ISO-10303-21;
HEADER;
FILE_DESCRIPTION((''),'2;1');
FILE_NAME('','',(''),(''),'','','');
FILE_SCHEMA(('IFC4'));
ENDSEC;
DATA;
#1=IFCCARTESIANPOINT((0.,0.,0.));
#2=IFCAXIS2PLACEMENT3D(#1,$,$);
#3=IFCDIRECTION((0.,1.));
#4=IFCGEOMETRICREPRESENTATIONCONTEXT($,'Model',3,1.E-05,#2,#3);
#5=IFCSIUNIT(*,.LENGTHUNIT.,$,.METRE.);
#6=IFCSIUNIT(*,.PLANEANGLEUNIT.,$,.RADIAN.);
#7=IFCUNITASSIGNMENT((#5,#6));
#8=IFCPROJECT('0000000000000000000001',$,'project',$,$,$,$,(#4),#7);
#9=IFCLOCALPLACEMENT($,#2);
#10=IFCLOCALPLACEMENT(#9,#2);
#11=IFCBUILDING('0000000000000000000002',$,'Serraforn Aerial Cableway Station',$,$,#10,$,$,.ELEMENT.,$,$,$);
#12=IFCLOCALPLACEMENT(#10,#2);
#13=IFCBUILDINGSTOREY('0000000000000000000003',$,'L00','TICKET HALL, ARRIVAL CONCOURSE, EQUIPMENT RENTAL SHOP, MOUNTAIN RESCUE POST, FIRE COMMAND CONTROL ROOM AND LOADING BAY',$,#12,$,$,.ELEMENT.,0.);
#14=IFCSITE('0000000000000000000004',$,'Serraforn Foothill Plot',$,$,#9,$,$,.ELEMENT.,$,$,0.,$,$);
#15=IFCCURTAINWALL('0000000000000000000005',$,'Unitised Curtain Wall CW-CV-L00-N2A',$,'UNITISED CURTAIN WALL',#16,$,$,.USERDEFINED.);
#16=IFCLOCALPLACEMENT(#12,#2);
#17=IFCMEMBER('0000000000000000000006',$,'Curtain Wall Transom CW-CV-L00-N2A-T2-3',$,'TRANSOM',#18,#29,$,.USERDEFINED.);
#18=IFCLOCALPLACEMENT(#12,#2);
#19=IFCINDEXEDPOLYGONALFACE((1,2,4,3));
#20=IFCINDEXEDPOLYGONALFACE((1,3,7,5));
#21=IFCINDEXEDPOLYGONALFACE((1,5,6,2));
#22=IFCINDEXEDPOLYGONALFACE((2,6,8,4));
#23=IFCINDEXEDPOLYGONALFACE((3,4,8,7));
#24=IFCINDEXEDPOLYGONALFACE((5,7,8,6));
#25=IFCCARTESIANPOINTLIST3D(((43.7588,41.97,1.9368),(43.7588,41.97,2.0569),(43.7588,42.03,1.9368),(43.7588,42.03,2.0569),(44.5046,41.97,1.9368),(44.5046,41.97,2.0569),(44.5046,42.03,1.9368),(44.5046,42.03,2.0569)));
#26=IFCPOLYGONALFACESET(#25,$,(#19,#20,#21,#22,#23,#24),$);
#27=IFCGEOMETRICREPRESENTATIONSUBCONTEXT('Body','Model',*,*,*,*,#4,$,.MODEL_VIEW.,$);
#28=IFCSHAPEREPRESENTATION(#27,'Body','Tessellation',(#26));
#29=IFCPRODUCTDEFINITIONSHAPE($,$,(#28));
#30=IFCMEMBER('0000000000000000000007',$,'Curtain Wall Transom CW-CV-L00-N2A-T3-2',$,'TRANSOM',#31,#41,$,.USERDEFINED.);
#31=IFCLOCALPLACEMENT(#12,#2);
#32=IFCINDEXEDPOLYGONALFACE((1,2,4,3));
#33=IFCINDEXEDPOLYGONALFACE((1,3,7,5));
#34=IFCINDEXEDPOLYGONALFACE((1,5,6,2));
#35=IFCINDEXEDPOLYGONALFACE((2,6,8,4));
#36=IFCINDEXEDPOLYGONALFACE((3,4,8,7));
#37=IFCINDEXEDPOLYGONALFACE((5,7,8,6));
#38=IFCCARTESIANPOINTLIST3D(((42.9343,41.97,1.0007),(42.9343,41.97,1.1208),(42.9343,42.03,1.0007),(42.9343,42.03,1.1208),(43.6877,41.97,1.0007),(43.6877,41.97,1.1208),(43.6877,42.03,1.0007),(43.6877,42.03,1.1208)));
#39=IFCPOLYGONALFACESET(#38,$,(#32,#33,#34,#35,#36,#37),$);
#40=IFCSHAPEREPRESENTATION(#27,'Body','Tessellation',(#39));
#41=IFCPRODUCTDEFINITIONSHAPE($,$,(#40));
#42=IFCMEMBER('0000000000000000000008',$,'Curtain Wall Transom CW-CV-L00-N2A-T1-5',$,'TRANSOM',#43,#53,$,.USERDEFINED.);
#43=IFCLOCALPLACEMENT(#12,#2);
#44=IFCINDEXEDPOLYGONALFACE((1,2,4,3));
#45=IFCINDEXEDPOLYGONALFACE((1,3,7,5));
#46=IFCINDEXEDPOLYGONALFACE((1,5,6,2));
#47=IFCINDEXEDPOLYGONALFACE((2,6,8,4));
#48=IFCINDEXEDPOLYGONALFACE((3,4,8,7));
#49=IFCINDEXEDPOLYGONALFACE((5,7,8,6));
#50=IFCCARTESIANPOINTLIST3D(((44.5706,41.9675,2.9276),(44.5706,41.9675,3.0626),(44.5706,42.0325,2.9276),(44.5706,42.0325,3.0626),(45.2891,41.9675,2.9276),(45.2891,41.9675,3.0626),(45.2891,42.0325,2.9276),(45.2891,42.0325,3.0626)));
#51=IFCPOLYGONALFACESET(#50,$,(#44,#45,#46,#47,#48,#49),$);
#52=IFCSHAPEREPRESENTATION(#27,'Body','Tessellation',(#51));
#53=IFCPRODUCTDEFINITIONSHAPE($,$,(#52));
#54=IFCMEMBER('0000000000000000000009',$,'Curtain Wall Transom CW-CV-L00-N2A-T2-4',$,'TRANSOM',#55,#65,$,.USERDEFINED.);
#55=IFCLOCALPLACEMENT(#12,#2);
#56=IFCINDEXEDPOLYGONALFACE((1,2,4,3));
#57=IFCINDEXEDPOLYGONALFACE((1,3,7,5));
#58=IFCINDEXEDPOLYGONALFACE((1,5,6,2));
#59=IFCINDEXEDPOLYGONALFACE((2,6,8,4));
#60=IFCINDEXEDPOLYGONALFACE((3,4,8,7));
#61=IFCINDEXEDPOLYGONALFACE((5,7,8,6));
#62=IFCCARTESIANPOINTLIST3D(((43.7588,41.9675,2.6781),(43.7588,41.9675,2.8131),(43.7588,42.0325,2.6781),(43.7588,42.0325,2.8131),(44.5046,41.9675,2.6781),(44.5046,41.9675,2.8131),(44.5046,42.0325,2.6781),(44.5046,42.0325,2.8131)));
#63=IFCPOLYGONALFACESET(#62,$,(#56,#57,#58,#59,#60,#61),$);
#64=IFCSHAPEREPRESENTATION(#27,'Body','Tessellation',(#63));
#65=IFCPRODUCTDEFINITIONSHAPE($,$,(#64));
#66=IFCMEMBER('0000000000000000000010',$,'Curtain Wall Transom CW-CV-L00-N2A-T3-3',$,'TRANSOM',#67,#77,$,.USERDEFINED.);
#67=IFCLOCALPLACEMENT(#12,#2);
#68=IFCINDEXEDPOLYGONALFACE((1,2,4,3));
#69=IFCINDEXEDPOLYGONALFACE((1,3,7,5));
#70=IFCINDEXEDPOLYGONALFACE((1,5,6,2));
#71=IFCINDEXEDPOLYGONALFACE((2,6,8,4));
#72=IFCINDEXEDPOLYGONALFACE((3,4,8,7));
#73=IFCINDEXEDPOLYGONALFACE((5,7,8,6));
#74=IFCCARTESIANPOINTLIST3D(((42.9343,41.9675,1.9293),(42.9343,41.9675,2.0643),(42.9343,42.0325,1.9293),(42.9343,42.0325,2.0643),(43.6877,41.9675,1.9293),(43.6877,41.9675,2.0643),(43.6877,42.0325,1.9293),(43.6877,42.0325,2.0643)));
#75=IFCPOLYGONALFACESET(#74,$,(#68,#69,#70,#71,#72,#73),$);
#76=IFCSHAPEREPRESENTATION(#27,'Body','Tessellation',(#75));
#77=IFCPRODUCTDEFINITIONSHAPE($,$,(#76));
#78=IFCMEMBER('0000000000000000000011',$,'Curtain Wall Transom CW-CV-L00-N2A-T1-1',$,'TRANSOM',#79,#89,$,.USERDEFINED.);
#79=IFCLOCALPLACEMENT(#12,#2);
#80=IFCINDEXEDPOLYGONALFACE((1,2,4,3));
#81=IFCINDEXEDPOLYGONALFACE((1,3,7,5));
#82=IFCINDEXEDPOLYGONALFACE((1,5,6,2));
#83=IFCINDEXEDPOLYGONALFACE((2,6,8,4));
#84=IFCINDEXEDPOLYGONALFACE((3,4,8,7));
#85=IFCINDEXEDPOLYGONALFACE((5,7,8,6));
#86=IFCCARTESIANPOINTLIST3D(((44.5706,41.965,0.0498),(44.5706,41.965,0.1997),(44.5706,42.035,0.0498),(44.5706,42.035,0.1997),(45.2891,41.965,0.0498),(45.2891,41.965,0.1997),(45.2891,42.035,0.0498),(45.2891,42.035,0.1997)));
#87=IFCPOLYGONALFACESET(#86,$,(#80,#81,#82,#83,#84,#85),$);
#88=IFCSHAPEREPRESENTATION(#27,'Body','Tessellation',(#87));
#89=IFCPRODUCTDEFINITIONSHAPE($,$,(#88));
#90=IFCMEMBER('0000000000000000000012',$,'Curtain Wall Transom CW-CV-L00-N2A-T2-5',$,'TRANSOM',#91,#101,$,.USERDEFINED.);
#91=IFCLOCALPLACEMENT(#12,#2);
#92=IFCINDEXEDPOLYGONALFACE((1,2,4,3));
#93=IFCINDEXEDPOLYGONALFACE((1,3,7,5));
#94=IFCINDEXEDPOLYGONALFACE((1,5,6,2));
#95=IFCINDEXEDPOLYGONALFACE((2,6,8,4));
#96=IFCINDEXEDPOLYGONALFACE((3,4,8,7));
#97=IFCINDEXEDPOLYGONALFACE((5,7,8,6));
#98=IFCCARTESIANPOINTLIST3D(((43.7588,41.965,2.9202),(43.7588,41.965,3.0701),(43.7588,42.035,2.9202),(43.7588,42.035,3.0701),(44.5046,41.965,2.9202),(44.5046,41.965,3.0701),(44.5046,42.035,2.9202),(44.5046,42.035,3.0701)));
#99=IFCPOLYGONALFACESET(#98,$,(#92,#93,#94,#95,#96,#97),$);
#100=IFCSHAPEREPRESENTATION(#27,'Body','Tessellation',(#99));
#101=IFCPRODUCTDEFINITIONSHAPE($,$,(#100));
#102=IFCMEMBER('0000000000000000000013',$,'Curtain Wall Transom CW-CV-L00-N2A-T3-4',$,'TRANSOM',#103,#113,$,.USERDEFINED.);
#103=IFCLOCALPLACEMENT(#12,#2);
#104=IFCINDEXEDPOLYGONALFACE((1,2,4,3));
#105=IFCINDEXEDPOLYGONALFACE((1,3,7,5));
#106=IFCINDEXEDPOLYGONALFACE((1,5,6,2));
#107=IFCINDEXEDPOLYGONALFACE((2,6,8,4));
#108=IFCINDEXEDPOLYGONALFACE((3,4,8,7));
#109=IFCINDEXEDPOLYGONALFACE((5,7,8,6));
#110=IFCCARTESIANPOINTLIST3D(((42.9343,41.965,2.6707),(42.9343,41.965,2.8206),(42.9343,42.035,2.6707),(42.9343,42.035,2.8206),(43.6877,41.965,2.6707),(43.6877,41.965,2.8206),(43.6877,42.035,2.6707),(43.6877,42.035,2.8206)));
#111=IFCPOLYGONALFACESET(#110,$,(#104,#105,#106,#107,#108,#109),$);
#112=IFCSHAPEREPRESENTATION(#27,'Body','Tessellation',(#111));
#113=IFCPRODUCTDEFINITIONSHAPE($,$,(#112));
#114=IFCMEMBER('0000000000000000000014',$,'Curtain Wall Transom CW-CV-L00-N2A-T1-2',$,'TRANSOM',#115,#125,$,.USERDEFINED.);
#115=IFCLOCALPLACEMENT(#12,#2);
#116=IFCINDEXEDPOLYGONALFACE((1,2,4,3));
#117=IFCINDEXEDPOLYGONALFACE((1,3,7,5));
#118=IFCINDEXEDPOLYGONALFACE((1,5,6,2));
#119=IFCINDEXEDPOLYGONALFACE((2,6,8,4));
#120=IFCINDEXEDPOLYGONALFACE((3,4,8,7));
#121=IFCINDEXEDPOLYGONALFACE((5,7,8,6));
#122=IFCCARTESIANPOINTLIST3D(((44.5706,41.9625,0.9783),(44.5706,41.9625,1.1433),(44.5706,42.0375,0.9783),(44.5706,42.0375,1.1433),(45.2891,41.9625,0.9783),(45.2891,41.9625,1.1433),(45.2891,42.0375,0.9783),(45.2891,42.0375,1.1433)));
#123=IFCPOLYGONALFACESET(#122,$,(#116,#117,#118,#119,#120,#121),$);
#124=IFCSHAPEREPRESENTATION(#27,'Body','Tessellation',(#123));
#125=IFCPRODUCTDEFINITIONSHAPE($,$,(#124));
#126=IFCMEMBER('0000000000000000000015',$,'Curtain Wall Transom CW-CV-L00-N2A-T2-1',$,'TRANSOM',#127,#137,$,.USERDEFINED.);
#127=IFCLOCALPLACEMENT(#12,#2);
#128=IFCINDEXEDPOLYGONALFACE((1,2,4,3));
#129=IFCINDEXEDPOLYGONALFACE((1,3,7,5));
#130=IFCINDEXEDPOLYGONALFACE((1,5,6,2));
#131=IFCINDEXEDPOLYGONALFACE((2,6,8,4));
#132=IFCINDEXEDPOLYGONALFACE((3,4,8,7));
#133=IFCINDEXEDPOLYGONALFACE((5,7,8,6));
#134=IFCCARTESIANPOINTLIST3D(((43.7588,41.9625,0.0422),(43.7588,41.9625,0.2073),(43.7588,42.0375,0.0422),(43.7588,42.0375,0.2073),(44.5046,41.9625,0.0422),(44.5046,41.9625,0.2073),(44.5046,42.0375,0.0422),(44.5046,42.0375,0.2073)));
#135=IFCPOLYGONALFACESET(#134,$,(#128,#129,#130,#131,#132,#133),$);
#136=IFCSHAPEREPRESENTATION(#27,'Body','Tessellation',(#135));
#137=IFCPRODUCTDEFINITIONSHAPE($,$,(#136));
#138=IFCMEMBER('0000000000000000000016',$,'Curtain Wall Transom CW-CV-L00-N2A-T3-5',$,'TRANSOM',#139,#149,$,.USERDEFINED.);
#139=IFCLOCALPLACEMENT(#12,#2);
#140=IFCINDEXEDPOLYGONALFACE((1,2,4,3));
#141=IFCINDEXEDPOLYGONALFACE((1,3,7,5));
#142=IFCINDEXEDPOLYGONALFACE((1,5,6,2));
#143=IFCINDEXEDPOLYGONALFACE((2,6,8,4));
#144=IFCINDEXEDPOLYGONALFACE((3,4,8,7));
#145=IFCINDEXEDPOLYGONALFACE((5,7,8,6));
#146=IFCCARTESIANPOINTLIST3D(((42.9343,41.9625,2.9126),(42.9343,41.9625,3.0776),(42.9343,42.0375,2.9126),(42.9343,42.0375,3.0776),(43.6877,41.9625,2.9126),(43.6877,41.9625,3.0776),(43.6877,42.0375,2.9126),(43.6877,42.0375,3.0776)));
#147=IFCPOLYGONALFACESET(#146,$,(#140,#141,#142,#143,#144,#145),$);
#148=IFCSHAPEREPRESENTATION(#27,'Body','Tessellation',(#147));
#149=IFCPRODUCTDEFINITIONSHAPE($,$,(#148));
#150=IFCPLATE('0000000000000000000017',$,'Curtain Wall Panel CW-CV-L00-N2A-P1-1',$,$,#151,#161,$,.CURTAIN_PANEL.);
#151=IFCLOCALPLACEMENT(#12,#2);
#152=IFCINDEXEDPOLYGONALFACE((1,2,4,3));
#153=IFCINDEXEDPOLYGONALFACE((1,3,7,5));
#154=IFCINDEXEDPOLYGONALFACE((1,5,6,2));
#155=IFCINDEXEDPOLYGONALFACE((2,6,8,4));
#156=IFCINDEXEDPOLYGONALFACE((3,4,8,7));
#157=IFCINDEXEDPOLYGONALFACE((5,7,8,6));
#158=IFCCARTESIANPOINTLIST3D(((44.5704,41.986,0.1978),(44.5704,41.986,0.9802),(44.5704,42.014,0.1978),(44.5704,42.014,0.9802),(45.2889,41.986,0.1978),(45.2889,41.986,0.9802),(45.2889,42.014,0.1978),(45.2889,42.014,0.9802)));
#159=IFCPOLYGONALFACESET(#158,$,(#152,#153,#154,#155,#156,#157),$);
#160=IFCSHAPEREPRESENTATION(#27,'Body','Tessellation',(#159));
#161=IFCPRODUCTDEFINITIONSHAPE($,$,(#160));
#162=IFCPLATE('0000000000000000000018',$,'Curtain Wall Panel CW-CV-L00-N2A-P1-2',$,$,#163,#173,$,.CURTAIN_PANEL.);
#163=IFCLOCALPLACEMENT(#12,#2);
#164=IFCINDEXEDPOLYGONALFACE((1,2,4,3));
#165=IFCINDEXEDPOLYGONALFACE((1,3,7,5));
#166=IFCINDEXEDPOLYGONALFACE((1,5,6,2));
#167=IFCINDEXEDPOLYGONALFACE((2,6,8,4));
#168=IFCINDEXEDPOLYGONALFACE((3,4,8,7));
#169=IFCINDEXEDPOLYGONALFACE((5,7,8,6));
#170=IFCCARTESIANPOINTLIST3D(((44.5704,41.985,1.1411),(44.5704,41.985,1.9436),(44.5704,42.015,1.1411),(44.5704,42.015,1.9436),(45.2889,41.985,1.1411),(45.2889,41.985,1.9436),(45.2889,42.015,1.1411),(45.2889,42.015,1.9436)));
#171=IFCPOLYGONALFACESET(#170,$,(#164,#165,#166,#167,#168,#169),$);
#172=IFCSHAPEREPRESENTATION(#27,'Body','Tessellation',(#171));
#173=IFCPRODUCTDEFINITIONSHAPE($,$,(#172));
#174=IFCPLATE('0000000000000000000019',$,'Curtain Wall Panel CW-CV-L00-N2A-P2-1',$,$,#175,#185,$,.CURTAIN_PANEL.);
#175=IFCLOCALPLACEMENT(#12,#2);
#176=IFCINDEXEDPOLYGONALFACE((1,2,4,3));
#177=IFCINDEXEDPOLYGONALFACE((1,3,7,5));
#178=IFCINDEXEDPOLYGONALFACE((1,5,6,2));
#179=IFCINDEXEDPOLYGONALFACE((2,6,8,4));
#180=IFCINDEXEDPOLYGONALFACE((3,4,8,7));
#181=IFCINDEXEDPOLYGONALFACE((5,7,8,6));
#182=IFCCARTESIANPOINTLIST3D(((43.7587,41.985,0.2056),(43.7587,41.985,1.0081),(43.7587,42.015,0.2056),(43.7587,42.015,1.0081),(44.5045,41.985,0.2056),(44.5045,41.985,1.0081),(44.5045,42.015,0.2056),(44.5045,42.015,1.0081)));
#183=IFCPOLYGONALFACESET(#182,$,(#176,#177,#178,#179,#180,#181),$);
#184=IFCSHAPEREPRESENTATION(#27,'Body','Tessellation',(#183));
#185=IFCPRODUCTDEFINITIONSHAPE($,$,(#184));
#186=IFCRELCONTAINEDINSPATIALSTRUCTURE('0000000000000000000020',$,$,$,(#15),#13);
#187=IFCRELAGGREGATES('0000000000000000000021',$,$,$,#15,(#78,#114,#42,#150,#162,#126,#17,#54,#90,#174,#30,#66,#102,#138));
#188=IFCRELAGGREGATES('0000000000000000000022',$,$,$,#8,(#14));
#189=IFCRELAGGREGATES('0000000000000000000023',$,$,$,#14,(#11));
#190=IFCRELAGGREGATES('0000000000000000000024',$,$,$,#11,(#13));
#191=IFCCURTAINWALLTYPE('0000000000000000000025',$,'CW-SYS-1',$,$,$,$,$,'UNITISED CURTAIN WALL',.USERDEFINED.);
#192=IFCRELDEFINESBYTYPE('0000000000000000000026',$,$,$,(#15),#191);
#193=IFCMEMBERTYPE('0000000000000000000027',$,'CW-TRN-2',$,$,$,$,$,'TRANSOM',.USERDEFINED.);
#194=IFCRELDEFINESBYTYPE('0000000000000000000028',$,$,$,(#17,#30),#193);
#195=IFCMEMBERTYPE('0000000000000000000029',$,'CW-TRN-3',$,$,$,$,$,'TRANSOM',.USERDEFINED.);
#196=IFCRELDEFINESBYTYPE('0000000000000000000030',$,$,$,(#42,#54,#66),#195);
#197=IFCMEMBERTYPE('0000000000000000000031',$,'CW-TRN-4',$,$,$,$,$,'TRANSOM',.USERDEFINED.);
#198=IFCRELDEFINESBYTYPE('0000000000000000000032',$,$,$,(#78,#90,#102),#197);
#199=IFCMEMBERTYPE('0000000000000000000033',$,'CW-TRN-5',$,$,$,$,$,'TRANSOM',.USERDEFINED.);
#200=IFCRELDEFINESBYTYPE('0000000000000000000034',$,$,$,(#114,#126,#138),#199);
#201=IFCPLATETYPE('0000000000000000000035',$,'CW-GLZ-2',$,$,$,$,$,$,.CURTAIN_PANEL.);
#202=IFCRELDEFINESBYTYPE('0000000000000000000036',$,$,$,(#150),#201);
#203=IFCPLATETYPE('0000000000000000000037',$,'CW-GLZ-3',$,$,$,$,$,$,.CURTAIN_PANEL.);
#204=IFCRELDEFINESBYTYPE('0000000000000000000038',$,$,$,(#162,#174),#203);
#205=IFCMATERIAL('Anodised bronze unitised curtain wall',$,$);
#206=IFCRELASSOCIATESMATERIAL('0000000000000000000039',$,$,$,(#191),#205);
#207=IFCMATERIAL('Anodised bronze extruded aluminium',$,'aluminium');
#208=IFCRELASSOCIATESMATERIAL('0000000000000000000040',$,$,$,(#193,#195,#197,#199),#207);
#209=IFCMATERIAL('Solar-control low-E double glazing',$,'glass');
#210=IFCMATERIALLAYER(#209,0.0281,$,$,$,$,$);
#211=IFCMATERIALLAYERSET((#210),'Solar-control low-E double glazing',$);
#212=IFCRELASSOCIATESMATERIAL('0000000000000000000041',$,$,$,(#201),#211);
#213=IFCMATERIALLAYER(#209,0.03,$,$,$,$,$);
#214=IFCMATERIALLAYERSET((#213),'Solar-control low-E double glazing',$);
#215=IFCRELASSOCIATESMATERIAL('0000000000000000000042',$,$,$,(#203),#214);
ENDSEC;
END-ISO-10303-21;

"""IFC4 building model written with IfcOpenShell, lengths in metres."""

from ifc_helpers import new_model, si_unit, direction, frame, origin, origin_2d, place, context, subcontext, project, spatial, rectangle, extrude, material, layer, layer_set, material_profile, profile_set, type_object, element, aggregate, save


model = new_model("IFC4")

# Units and contexts
model_context = context("Model", 3, precision=1e-05, world=origin(), true_north=direction((0.0, 1.0)))
body_context = subcontext(model_context, "Body", "Model", "MODEL_VIEW")
ifc_project = project(units=[si_unit("LENGTHUNIT", "METRE"), si_unit("PLANEANGLEUNIT", "RADIAN")], contexts=[model_context])

# Site, building, storey
site_placement = place(None, origin())
site = spatial("IfcSite", under=ifc_project, at=site_placement, Name="Serraforn Foothill Plot", CompositionType="ELEMENT", RefElevation=0.0)
building_placement = place(site_placement, origin())
building = spatial("IfcBuilding", under=site, at=building_placement, Name="Serraforn Aerial Cableway Station", CompositionType="ELEMENT")
storey_placement = place(building_placement, origin())
storey = spatial("IfcBuildingStorey", under=building, at=storey_placement, Name="L00", Description="TICKET HALL, ARRIVAL CONCOURSE, EQUIPMENT RENTAL SHOP, MOUNTAIN RESCUE POST, FIRE COMMAND CONTROL ROOM AND LOADING BAY", CompositionType="ELEMENT", Elevation=0.0)

# Curtain wall, members, plates
ifc_material_1 = material(Name="Anodised bronze unitised curtain wall")
curtain_wall_type = type_object("IfcCurtainWallType", Name="CW-SYS-1", ElementType="UNITISED CURTAIN WALL", PredefinedType="USERDEFINED", material=ifc_material_1)
curtain_wall_placement = place(storey_placement, origin())
curtain_wall = element("IfcCurtainWall", 1, at=curtain_wall_placement, inside=storey, type_object=curtain_wall_type, Name="Unitised Curtain Wall CW-CV-L00-N2A", ObjectType="UNITISED CURTAIN WALL", PredefinedType="USERDEFINED")
ifc_material_2 = material(Name="Anodised bronze extruded aluminium", Category="aluminium")
ifc_material_profile_1 = material_profile(ifc_material_2, rectangle(XDim=0.0601, YDim=0.1201, at=origin_2d()), Name="CW TRANSOM 60x120")
ifc_profile_set_1 = profile_set([ifc_material_profile_1], Name="Anodised bronze extruded aluminium")
member_type_1 = type_object("IfcMemberType", Name="CW-TRN-2", ElementType="TRANSOM", PredefinedType="USERDEFINED", material=ifc_profile_set_1)
member_1_placement = place(storey_placement, frame((44.5046, 42.0, 1.9968), z_axis=(-1.0, 0.0, 0.0), x_axis=(0.0, -1.0, 0.0)))
member_1 = element("IfcMember", 2, at=member_1_placement, type_object=member_type_1, Name="Curtain Wall Transom CW-CV-L00-N2A-T2-3", ObjectType="TRANSOM", PredefinedType="USERDEFINED", context=body_context, shape_type="SweptSolid", body=[
    extrude(rectangle(XDim=0.0601, YDim=0.1201, at=origin_2d()), origin(), (0.0, 0.0, 1.0), 0.7458),
])
member_2_placement = place(storey_placement, frame((43.6877, 42.0, 1.0608), z_axis=(-1.0, 0.0, 0.0), x_axis=(0.0, -1.0, 0.0)))
member_2 = element("IfcMember", 3, at=member_2_placement, type_object=member_type_1, Name="Curtain Wall Transom CW-CV-L00-N2A-T3-2", ObjectType="TRANSOM", PredefinedType="USERDEFINED", context=body_context, shape_type="SweptSolid", body=[
    extrude(rectangle(XDim=0.0601, YDim=0.1201, at=origin_2d()), origin(), (0.0, 0.0, 1.0), 0.7534),
])
ifc_material_profile_2 = material_profile(ifc_material_2, rectangle(XDim=0.0649, YDim=0.135, at=origin_2d()), Name="CW TRANSOM 65x135")
ifc_profile_set_2 = profile_set([ifc_material_profile_2], Name="Anodised bronze extruded aluminium")
member_type_2 = type_object("IfcMemberType", Name="CW-TRN-3", ElementType="TRANSOM", PredefinedType="USERDEFINED", material=ifc_profile_set_2)
member_3_placement = place(storey_placement, frame((45.2891, 42.0, 2.9951), z_axis=(-1.0, 0.0, 0.0), x_axis=(0.0, -1.0, 0.0)))
member_3 = element("IfcMember", 4, at=member_3_placement, type_object=member_type_2, Name="Curtain Wall Transom CW-CV-L00-N2A-T1-5", ObjectType="TRANSOM", PredefinedType="USERDEFINED", context=body_context, shape_type="SweptSolid", body=[
    extrude(rectangle(XDim=0.0649, YDim=0.135, at=origin_2d()), origin(), (0.0, 0.0, 1.0), 0.7185),
])
member_4_placement = place(storey_placement, frame((44.5046, 42.0, 2.7456), z_axis=(-1.0, 0.0, 0.0), x_axis=(0.0, -1.0, 0.0)))
member_4 = element("IfcMember", 5, at=member_4_placement, type_object=member_type_2, Name="Curtain Wall Transom CW-CV-L00-N2A-T2-4", ObjectType="TRANSOM", PredefinedType="USERDEFINED", context=body_context, shape_type="SweptSolid", body=[
    extrude(rectangle(XDim=0.0649, YDim=0.135, at=origin_2d()), origin(), (0.0, 0.0, 1.0), 0.7458),
])
member_5_placement = place(storey_placement, frame((43.6877, 42.0, 1.9968), z_axis=(-1.0, 0.0, 0.0), x_axis=(0.0, -1.0, 0.0)))
member_5 = element("IfcMember", 6, at=member_5_placement, type_object=member_type_2, Name="Curtain Wall Transom CW-CV-L00-N2A-T3-3", ObjectType="TRANSOM", PredefinedType="USERDEFINED", context=body_context, shape_type="SweptSolid", body=[
    extrude(rectangle(XDim=0.0649, YDim=0.135, at=origin_2d()), origin(), (0.0, 0.0, 1.0), 0.7534),
])
ifc_material_profile_3 = material_profile(ifc_material_2, rectangle(XDim=0.0701, YDim=0.1499, at=origin_2d()), Name="CW TRANSOM 70x150")
ifc_profile_set_3 = profile_set([ifc_material_profile_3], Name="Anodised bronze extruded aluminium")
member_type_3 = type_object("IfcMemberType", Name="CW-TRN-4", ElementType="TRANSOM", PredefinedType="USERDEFINED", material=ifc_profile_set_3)
member_6_placement = place(storey_placement, frame((45.2891, 42.0, 0.1248), z_axis=(-1.0, 0.0, 0.0), x_axis=(0.0, -1.0, 0.0)))
member_6 = element("IfcMember", 7, at=member_6_placement, type_object=member_type_3, Name="Curtain Wall Transom CW-CV-L00-N2A-T1-1", ObjectType="TRANSOM", PredefinedType="USERDEFINED", context=body_context, shape_type="SweptSolid", body=[
    extrude(rectangle(XDim=0.0701, YDim=0.1499, at=origin_2d()), origin(), (0.0, 0.0, 1.0), 0.7185),
])
member_7_placement = place(storey_placement, frame((44.5046, 42.0, 2.9951), z_axis=(-1.0, 0.0, 0.0), x_axis=(0.0, -1.0, 0.0)))
member_7 = element("IfcMember", 8, at=member_7_placement, type_object=member_type_3, Name="Curtain Wall Transom CW-CV-L00-N2A-T2-5", ObjectType="TRANSOM", PredefinedType="USERDEFINED", context=body_context, shape_type="SweptSolid", body=[
    extrude(rectangle(XDim=0.0701, YDim=0.1499, at=origin_2d()), origin(), (0.0, 0.0, 1.0), 0.7458),
])
member_8_placement = place(storey_placement, frame((43.6877, 42.0, 2.7456), z_axis=(-1.0, 0.0, 0.0), x_axis=(0.0, -1.0, 0.0)))
member_8 = element("IfcMember", 9, at=member_8_placement, type_object=member_type_3, Name="Curtain Wall Transom CW-CV-L00-N2A-T3-4", ObjectType="TRANSOM", PredefinedType="USERDEFINED", context=body_context, shape_type="SweptSolid", body=[
    extrude(rectangle(XDim=0.0701, YDim=0.1499, at=origin_2d()), origin(), (0.0, 0.0, 1.0), 0.7534),
])
ifc_material_profile_4 = material_profile(ifc_material_2, rectangle(XDim=0.075, YDim=0.165, at=origin_2d()), Name="CW TRANSOM 75x165")
ifc_profile_set_4 = profile_set([ifc_material_profile_4], Name="Anodised bronze extruded aluminium")
member_type_4 = type_object("IfcMemberType", Name="CW-TRN-5", ElementType="TRANSOM", PredefinedType="USERDEFINED", material=ifc_profile_set_4)
member_9_placement = place(storey_placement, frame((45.2891, 42.0, 1.0608), z_axis=(-1.0, 0.0, 0.0), x_axis=(0.0, -1.0, 0.0)))
member_9 = element("IfcMember", 10, at=member_9_placement, type_object=member_type_4, Name="Curtain Wall Transom CW-CV-L00-N2A-T1-2", ObjectType="TRANSOM", PredefinedType="USERDEFINED", context=body_context, shape_type="SweptSolid", body=[
    extrude(rectangle(XDim=0.075, YDim=0.165, at=origin_2d()), origin(), (0.0, 0.0, 1.0), 0.7185),
])
member_10_placement = place(storey_placement, frame((44.5046, 42.0, 0.1248), z_axis=(-1.0, 0.0, 0.0), x_axis=(0.0, -1.0, 0.0)))
member_10 = element("IfcMember", 11, at=member_10_placement, type_object=member_type_4, Name="Curtain Wall Transom CW-CV-L00-N2A-T2-1", ObjectType="TRANSOM", PredefinedType="USERDEFINED", context=body_context, shape_type="SweptSolid", body=[
    extrude(rectangle(XDim=0.075, YDim=0.165, at=origin_2d()), origin(), (0.0, 0.0, 1.0), 0.7458),
])
member_11_placement = place(storey_placement, frame((43.6877, 42.0, 2.9951), z_axis=(-1.0, 0.0, 0.0), x_axis=(0.0, -1.0, 0.0)))
member_11 = element("IfcMember", 12, at=member_11_placement, type_object=member_type_4, Name="Curtain Wall Transom CW-CV-L00-N2A-T3-5", ObjectType="TRANSOM", PredefinedType="USERDEFINED", context=body_context, shape_type="SweptSolid", body=[
    extrude(rectangle(XDim=0.075, YDim=0.165, at=origin_2d()), origin(), (0.0, 0.0, 1.0), 0.7534),
])
ifc_material_3 = material(Name="Solar-control low-E double glazing", Category="glass")
ifc_layer_1 = layer(ifc_material_3, 0.0281)
ifc_layer_set_1 = layer_set([ifc_layer_1], Name="Solar-control low-E double glazing")
plate_type_1 = type_object("IfcPlateType", Name="CW-GLZ-2", PredefinedType="CURTAIN_PANEL", material=ifc_layer_set_1)
plate_1_placement = place(storey_placement, frame((44.9297, 42.0, 0.1978), z_axis=(0.0, 0.0, 1.0), x_axis=(1.0, 0.0, 0.0)))
plate_1 = element("IfcPlate", 13, at=plate_1_placement, type_object=plate_type_1, Name="Curtain Wall Panel CW-CV-L00-N2A-P1-1", PredefinedType="CURTAIN_PANEL", context=body_context, shape_type="SweptSolid", body=[
    extrude(rectangle(XDim=0.7185, YDim=0.0281, at=origin_2d()), origin(), (0.0, 0.0, 1.0), 0.7825),
])
ifc_layer_2 = layer(ifc_material_3, 0.03)
ifc_layer_set_2 = layer_set([ifc_layer_2], Name="Solar-control low-E double glazing")
plate_type_2 = type_object("IfcPlateType", Name="CW-GLZ-3", PredefinedType="CURTAIN_PANEL", material=ifc_layer_set_2)
plate_2_placement = place(storey_placement, frame((44.9297, 42.0, 1.1411), z_axis=(0.0, 0.0, 1.0), x_axis=(1.0, 0.0, 0.0)))
plate_2 = element("IfcPlate", 14, at=plate_2_placement, type_object=plate_type_2, Name="Curtain Wall Panel CW-CV-L00-N2A-P1-2", PredefinedType="CURTAIN_PANEL", context=body_context, shape_type="SweptSolid", body=[
    extrude(rectangle(XDim=0.7185, YDim=0.03, at=origin_2d()), origin(), (0.0, 0.0, 1.0), 0.8025),
])
plate_3_placement = place(storey_placement, frame((44.1316, 42.0, 0.2056), z_axis=(0.0, 0.0, 1.0), x_axis=(1.0, 0.0, 0.0)))
plate_3 = element("IfcPlate", 15, at=plate_3_placement, type_object=plate_type_2, Name="Curtain Wall Panel CW-CV-L00-N2A-P2-1", PredefinedType="CURTAIN_PANEL", context=body_context, shape_type="SweptSolid", body=[
    extrude(rectangle(XDim=0.7458, YDim=0.03, at=origin_2d()), origin(), (0.0, 0.0, 1.0), 0.8025),
])
aggregate(curtain_wall, [member_6, member_9, member_3, plate_1, plate_2, member_10, member_1, member_4, member_7, plate_3, member_2, member_5, member_8, member_11])

save(model, "model.ifc")
